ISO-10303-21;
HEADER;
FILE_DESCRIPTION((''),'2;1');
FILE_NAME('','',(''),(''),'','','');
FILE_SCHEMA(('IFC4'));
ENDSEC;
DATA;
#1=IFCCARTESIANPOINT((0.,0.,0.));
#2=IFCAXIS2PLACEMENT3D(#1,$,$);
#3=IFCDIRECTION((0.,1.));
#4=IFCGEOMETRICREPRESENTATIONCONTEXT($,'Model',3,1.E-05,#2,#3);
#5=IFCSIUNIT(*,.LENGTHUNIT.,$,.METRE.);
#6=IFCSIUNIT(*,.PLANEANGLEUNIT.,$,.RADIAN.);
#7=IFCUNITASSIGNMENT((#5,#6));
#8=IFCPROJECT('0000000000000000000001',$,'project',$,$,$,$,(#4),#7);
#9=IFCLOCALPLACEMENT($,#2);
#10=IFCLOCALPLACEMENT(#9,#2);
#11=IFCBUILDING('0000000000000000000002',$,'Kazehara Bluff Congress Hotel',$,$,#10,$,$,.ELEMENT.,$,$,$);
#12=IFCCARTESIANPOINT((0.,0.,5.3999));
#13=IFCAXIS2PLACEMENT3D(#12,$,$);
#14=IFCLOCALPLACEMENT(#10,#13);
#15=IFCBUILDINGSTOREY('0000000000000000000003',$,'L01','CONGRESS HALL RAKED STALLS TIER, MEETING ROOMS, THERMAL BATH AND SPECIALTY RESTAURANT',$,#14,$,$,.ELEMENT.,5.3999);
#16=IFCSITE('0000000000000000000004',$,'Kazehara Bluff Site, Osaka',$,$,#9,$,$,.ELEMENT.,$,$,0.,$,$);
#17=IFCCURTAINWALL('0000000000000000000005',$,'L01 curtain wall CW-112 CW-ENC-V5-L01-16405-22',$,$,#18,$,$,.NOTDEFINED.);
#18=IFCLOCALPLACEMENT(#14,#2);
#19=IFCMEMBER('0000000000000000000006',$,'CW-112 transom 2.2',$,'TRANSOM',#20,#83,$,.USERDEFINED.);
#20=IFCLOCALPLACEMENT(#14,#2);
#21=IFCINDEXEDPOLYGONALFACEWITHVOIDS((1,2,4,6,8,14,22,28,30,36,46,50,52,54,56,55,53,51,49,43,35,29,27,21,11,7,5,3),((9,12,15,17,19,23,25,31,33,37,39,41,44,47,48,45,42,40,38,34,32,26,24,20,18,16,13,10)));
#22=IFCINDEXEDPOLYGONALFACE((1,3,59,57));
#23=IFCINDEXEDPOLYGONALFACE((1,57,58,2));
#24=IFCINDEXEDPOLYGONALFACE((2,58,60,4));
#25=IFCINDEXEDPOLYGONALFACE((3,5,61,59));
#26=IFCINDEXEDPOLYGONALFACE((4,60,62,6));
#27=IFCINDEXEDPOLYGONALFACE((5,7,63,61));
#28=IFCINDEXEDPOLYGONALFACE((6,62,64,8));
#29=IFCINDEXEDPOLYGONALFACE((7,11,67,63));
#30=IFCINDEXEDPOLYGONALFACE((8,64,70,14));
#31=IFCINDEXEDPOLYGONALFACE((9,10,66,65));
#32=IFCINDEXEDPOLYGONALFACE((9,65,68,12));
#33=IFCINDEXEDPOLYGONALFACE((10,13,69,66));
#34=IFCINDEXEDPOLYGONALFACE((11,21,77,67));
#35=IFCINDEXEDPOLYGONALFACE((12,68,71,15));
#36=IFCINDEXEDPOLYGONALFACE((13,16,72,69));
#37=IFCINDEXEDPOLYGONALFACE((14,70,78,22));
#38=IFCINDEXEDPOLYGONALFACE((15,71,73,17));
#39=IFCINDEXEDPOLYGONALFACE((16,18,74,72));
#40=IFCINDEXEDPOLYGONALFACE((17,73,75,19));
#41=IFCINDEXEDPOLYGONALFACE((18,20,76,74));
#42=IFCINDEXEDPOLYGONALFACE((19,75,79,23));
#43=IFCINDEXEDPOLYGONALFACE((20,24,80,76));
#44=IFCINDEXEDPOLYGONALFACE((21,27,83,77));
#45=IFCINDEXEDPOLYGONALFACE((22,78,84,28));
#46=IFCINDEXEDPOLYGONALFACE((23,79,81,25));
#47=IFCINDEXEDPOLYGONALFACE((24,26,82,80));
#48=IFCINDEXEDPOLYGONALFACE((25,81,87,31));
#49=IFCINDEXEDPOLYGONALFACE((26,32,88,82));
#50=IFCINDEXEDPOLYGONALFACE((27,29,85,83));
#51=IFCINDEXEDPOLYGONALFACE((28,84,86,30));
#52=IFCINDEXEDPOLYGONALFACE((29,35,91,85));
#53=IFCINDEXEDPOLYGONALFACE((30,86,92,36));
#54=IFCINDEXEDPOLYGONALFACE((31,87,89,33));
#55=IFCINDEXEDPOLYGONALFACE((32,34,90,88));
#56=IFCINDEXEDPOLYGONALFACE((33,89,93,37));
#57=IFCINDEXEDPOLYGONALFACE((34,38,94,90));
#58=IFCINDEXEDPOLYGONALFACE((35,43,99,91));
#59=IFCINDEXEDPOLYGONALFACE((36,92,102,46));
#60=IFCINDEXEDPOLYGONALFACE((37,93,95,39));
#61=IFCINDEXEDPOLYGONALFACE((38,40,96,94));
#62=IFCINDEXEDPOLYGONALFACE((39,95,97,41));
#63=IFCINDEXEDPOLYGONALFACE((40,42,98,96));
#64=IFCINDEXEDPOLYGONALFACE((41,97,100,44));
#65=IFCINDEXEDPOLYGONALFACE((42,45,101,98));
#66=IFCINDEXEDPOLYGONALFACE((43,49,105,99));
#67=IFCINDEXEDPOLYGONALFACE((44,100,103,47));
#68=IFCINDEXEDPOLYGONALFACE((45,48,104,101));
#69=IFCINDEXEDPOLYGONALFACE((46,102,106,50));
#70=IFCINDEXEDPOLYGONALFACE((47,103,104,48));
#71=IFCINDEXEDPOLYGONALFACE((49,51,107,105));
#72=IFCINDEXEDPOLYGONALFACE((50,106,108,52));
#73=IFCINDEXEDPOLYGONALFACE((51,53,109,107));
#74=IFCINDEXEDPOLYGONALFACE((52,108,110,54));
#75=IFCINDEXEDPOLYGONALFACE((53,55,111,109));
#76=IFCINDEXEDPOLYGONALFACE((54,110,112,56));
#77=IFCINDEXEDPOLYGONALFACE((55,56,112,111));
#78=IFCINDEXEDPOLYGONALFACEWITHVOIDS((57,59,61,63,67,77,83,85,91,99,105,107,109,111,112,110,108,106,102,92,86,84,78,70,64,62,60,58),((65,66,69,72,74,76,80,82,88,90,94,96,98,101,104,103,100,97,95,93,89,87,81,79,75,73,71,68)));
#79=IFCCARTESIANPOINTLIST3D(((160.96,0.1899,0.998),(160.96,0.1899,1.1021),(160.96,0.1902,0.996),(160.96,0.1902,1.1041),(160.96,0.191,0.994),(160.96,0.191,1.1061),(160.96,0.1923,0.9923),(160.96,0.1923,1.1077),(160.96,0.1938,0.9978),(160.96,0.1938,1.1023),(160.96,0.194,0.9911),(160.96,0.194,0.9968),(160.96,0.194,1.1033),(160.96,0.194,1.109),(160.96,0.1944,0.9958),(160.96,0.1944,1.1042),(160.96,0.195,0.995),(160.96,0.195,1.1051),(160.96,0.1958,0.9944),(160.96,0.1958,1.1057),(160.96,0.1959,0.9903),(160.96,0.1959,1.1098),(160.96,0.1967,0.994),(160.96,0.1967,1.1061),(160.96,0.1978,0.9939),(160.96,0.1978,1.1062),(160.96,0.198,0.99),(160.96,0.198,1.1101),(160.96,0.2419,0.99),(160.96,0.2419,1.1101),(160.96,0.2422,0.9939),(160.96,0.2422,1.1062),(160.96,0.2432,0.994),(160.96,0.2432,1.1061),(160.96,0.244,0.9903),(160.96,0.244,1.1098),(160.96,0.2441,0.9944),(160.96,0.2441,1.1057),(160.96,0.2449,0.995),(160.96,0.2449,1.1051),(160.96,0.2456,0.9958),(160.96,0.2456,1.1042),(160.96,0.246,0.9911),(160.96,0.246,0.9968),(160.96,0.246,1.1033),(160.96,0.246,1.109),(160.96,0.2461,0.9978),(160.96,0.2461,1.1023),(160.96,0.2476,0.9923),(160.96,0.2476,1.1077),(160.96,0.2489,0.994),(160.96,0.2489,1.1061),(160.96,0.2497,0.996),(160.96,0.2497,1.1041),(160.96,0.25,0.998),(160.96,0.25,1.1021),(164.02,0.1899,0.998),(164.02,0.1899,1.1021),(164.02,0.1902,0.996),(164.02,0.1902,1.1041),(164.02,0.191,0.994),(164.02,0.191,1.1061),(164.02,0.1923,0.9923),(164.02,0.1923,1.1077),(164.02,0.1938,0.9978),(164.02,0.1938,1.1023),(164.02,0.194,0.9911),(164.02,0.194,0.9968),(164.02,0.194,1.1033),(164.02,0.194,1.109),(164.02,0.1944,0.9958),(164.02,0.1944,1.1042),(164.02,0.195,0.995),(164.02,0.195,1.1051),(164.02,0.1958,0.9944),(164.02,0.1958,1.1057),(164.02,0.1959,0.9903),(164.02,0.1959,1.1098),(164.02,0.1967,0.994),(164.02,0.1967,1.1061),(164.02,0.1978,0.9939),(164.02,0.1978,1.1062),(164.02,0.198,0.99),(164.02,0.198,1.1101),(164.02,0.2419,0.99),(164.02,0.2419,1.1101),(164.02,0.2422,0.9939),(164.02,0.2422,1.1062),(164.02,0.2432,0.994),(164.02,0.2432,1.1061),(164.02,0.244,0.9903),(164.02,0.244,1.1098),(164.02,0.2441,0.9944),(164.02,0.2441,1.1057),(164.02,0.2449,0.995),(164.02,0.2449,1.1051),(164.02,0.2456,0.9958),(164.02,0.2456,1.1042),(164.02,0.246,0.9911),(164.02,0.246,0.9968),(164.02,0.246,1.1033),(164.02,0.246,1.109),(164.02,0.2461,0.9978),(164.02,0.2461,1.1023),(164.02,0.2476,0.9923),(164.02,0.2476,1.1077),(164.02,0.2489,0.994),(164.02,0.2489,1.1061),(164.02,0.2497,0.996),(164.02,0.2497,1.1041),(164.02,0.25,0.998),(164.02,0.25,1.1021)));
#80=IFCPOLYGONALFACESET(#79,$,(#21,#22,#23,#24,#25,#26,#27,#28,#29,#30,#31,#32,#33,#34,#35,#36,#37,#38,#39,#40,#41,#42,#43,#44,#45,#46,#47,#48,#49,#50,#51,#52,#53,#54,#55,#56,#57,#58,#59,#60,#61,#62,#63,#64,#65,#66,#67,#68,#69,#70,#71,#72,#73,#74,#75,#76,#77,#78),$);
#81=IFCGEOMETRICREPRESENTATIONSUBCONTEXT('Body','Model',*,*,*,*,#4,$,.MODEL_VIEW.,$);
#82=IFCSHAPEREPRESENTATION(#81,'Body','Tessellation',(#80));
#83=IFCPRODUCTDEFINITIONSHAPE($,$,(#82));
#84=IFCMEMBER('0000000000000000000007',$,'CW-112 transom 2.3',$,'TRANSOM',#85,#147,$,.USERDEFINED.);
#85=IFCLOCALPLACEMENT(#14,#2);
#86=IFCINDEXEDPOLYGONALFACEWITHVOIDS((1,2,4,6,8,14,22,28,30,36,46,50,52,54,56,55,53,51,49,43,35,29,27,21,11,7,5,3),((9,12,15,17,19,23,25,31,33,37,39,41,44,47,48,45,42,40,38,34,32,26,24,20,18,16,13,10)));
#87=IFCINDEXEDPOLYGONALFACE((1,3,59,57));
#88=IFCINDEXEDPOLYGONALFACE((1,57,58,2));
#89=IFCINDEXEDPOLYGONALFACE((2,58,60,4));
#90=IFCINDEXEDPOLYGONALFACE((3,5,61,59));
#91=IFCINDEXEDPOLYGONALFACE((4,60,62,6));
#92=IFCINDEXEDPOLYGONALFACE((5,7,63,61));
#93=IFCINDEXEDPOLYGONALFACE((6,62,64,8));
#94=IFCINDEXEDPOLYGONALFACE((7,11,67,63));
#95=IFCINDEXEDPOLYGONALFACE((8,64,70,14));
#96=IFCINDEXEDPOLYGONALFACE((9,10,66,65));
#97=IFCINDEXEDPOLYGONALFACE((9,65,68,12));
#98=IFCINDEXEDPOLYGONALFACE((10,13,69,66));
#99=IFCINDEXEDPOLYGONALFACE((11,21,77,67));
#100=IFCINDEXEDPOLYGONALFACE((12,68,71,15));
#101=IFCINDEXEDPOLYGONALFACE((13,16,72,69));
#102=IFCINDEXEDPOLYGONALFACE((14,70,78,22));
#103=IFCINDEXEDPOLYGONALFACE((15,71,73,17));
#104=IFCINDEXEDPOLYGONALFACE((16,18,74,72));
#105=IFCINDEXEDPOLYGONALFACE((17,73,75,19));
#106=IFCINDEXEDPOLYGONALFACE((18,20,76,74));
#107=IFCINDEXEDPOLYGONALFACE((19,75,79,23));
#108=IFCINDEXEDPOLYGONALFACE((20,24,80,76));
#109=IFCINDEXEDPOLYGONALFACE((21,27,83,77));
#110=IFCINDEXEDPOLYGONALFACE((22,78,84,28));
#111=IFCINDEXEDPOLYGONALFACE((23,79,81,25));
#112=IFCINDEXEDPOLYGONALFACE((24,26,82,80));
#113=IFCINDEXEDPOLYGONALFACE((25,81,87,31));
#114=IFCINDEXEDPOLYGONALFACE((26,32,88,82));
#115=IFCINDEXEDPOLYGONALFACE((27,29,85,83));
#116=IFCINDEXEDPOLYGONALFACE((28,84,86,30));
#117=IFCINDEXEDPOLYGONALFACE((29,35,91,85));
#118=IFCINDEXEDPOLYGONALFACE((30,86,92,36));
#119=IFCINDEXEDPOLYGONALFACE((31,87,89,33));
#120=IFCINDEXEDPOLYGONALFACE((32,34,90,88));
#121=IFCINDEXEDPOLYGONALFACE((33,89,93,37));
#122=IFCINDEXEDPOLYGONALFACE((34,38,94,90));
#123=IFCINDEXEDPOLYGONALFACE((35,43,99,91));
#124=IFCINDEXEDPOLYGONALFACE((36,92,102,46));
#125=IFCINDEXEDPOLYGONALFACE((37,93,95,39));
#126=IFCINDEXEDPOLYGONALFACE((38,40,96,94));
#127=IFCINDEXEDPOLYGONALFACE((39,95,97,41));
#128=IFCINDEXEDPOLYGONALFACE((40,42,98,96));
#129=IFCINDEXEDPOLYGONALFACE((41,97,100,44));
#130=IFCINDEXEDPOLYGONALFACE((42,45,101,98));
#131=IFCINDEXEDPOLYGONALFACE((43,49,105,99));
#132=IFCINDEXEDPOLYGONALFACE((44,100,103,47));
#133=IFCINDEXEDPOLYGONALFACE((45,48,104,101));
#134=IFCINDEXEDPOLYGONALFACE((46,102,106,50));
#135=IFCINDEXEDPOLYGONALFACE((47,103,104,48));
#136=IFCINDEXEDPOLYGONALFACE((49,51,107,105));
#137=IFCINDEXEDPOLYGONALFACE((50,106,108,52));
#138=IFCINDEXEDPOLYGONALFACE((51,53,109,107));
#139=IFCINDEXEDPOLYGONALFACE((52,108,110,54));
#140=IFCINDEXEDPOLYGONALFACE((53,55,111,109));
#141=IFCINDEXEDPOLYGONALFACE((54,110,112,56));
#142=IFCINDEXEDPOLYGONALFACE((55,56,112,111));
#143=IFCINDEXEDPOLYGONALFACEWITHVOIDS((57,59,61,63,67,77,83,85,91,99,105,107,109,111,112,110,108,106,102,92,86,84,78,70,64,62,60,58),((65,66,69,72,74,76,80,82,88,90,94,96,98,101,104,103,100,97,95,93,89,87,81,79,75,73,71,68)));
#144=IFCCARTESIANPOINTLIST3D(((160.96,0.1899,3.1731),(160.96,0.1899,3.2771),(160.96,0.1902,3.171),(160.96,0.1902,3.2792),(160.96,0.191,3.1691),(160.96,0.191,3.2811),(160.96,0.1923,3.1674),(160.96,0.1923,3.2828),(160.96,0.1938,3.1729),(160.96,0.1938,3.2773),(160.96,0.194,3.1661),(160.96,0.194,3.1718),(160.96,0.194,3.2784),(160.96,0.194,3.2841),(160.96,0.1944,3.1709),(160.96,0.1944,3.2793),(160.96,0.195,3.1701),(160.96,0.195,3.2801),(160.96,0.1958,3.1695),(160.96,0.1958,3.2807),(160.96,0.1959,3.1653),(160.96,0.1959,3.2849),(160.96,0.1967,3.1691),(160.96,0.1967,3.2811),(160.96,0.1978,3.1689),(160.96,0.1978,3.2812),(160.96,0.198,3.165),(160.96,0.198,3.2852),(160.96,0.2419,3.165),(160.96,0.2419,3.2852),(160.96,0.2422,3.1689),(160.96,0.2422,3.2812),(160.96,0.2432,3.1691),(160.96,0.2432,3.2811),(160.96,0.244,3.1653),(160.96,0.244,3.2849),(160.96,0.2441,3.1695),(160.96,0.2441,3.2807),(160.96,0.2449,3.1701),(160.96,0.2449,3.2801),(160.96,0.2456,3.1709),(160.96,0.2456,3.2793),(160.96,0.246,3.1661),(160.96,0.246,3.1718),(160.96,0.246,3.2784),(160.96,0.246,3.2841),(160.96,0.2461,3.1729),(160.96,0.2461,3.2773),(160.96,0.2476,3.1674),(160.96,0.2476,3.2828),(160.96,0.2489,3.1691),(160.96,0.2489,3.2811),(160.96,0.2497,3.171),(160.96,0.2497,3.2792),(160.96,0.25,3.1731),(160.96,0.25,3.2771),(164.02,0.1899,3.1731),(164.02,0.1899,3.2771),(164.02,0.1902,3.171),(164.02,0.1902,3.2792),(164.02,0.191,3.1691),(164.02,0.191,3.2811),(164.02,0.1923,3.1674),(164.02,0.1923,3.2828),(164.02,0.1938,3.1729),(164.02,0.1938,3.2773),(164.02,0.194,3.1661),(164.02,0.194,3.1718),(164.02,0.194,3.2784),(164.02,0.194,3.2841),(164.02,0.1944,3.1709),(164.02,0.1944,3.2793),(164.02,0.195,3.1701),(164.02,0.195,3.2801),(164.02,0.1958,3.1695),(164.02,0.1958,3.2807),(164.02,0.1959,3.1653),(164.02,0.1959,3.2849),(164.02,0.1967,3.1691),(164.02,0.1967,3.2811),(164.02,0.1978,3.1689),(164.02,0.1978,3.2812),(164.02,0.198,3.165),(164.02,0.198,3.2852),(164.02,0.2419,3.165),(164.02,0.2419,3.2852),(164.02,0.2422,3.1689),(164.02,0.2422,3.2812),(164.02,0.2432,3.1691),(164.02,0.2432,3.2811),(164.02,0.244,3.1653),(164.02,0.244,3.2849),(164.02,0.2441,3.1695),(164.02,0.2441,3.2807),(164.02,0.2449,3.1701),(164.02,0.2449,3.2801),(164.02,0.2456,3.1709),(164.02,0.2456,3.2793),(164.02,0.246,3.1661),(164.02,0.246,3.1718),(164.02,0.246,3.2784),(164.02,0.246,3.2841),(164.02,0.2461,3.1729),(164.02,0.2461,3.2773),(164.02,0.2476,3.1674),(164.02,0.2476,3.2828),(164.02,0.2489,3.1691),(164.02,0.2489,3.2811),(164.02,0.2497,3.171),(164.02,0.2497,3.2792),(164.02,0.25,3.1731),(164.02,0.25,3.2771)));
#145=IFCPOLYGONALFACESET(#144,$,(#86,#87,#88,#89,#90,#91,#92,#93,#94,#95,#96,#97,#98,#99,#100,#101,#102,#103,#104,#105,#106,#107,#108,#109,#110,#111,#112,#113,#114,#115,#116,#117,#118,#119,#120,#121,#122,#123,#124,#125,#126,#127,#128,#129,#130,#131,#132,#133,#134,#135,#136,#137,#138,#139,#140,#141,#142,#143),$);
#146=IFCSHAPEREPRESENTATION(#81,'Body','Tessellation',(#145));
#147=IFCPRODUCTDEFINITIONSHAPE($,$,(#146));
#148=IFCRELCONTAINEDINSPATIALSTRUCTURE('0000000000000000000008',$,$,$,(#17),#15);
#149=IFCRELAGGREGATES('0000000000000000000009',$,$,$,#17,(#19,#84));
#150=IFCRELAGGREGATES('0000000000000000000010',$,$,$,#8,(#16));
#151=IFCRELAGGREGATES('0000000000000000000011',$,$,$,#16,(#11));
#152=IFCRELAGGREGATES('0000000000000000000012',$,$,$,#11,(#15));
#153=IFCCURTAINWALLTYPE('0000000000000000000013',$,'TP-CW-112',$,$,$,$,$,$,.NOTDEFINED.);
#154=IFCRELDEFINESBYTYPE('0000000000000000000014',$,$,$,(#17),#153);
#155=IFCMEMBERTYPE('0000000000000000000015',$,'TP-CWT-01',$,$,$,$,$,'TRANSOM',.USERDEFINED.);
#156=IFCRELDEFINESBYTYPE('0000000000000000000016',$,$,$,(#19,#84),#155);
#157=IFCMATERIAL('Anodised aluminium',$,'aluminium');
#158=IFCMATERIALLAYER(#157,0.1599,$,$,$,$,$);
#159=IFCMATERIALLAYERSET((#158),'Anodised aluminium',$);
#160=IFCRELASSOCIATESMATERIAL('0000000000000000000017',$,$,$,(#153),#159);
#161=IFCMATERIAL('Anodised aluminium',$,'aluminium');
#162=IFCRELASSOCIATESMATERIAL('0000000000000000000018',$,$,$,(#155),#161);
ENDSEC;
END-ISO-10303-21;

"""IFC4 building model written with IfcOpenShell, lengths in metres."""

from ifc_helpers import new_model, si_unit, direction, frame, origin, origin_2d, place, context, subcontext, project, spatial, hollow_rectangle, extrude, material, layer, layer_set, material_profile, profile_set, type_object, element, aggregate, save


model = new_model("IFC4")

# Units and contexts
model_context = context("Model", 3, precision=1e-05, world=origin(), true_north=direction((0.0, 1.0)))
body_context = subcontext(model_context, "Body", "Model", "MODEL_VIEW")
ifc_project = project(units=[si_unit("LENGTHUNIT", "METRE"), si_unit("PLANEANGLEUNIT", "RADIAN")], contexts=[model_context])

# Site, building, storey
site_placement = place(None, origin())
site = spatial("IfcSite", under=ifc_project, at=site_placement, Name="Kazehara Bluff Site, Osaka", CompositionType="ELEMENT", RefElevation=0.0)
building_placement = place(site_placement, origin())
building = spatial("IfcBuilding", under=site, at=building_placement, Name="Kazehara Bluff Congress Hotel", CompositionType="ELEMENT")
storey_placement = place(building_placement, frame((0.0, 0.0, 5.3999)))
storey = spatial("IfcBuildingStorey", under=building, at=storey_placement, Name="L01", Description="CONGRESS HALL RAKED STALLS TIER, MEETING ROOMS, THERMAL BATH AND SPECIALTY RESTAURANT", CompositionType="ELEMENT", Elevation=5.3999)

# Curtain wall
ifc_material_1 = material(Name="Anodised aluminium", Category="aluminium")
ifc_layer_1 = layer(ifc_material_1, 0.1599)
ifc_layer_set_1 = layer_set([ifc_layer_1], Name="Anodised aluminium")
curtain_wall_type_1 = type_object("IfcCurtainWallType", Name="TP-CW-112", PredefinedType="NOTDEFINED", material=ifc_layer_set_1)
curtain_wall_1_placement = place(storey_placement, origin())
curtain_wall_1 = element("IfcCurtainWall", 1, at=curtain_wall_1_placement, inside=storey, type_object=curtain_wall_type_1, Name="L01 curtain wall CW-112 CW-ENC-V5-L01-16405-22", PredefinedType="NOTDEFINED")

# Members
ifc_material_2 = material(Name="Anodised aluminium", Category="aluminium")
ifc_material_profile_1 = material_profile(ifc_material_2, hollow_rectangle(XDim=0.0601, YDim=0.1201, WallThickness=0.0039, InnerFilletRadius=0.0039, OuterFilletRadius=0.0081, at=origin_2d()))
ifc_profile_set_1 = profile_set([ifc_material_profile_1], Name="Anodised aluminium")
member_type_1 = type_object("IfcMemberType", Name="TP-CWT-01", ElementType="TRANSOM", PredefinedType="USERDEFINED", material=ifc_profile_set_1)
member_1_placement = place(storey_placement, frame((164.02, 0.22, 1.05), z_axis=(-1.0, 0.0, 0.0), x_axis=(0.0, -1.0, 0.0)))
member_1 = element("IfcMember", 2, at=member_1_placement, type_object=member_type_1, Name="CW-112 transom 2.2", ObjectType="TRANSOM", PredefinedType="USERDEFINED", context=body_context, shape_type="SweptSolid", body=[
    extrude(hollow_rectangle(XDim=0.0601, YDim=0.1201, WallThickness=0.0039, InnerFilletRadius=0.0039, OuterFilletRadius=0.0081, at=origin_2d()), origin(), (0.0, 0.0, 1.0), 3.0601),
])
member_2_placement = place(storey_placement, frame((164.02, 0.22, 3.2251), z_axis=(-1.0, 0.0, 0.0), x_axis=(0.0, -1.0, 0.0)))
member_2 = element("IfcMember", 3, at=member_2_placement, type_object=member_type_1, Name="CW-112 transom 2.3", ObjectType="TRANSOM", PredefinedType="USERDEFINED", context=body_context, shape_type="SweptSolid", body=[
    extrude(hollow_rectangle(XDim=0.0601, YDim=0.1201, WallThickness=0.0039, InnerFilletRadius=0.0039, OuterFilletRadius=0.0081, at=origin_2d()), origin(), (0.0, 0.0, 1.0), 3.0601),
])

aggregate(curtain_wall_1, [member_1, member_2])

save(model, "model.ifc")
